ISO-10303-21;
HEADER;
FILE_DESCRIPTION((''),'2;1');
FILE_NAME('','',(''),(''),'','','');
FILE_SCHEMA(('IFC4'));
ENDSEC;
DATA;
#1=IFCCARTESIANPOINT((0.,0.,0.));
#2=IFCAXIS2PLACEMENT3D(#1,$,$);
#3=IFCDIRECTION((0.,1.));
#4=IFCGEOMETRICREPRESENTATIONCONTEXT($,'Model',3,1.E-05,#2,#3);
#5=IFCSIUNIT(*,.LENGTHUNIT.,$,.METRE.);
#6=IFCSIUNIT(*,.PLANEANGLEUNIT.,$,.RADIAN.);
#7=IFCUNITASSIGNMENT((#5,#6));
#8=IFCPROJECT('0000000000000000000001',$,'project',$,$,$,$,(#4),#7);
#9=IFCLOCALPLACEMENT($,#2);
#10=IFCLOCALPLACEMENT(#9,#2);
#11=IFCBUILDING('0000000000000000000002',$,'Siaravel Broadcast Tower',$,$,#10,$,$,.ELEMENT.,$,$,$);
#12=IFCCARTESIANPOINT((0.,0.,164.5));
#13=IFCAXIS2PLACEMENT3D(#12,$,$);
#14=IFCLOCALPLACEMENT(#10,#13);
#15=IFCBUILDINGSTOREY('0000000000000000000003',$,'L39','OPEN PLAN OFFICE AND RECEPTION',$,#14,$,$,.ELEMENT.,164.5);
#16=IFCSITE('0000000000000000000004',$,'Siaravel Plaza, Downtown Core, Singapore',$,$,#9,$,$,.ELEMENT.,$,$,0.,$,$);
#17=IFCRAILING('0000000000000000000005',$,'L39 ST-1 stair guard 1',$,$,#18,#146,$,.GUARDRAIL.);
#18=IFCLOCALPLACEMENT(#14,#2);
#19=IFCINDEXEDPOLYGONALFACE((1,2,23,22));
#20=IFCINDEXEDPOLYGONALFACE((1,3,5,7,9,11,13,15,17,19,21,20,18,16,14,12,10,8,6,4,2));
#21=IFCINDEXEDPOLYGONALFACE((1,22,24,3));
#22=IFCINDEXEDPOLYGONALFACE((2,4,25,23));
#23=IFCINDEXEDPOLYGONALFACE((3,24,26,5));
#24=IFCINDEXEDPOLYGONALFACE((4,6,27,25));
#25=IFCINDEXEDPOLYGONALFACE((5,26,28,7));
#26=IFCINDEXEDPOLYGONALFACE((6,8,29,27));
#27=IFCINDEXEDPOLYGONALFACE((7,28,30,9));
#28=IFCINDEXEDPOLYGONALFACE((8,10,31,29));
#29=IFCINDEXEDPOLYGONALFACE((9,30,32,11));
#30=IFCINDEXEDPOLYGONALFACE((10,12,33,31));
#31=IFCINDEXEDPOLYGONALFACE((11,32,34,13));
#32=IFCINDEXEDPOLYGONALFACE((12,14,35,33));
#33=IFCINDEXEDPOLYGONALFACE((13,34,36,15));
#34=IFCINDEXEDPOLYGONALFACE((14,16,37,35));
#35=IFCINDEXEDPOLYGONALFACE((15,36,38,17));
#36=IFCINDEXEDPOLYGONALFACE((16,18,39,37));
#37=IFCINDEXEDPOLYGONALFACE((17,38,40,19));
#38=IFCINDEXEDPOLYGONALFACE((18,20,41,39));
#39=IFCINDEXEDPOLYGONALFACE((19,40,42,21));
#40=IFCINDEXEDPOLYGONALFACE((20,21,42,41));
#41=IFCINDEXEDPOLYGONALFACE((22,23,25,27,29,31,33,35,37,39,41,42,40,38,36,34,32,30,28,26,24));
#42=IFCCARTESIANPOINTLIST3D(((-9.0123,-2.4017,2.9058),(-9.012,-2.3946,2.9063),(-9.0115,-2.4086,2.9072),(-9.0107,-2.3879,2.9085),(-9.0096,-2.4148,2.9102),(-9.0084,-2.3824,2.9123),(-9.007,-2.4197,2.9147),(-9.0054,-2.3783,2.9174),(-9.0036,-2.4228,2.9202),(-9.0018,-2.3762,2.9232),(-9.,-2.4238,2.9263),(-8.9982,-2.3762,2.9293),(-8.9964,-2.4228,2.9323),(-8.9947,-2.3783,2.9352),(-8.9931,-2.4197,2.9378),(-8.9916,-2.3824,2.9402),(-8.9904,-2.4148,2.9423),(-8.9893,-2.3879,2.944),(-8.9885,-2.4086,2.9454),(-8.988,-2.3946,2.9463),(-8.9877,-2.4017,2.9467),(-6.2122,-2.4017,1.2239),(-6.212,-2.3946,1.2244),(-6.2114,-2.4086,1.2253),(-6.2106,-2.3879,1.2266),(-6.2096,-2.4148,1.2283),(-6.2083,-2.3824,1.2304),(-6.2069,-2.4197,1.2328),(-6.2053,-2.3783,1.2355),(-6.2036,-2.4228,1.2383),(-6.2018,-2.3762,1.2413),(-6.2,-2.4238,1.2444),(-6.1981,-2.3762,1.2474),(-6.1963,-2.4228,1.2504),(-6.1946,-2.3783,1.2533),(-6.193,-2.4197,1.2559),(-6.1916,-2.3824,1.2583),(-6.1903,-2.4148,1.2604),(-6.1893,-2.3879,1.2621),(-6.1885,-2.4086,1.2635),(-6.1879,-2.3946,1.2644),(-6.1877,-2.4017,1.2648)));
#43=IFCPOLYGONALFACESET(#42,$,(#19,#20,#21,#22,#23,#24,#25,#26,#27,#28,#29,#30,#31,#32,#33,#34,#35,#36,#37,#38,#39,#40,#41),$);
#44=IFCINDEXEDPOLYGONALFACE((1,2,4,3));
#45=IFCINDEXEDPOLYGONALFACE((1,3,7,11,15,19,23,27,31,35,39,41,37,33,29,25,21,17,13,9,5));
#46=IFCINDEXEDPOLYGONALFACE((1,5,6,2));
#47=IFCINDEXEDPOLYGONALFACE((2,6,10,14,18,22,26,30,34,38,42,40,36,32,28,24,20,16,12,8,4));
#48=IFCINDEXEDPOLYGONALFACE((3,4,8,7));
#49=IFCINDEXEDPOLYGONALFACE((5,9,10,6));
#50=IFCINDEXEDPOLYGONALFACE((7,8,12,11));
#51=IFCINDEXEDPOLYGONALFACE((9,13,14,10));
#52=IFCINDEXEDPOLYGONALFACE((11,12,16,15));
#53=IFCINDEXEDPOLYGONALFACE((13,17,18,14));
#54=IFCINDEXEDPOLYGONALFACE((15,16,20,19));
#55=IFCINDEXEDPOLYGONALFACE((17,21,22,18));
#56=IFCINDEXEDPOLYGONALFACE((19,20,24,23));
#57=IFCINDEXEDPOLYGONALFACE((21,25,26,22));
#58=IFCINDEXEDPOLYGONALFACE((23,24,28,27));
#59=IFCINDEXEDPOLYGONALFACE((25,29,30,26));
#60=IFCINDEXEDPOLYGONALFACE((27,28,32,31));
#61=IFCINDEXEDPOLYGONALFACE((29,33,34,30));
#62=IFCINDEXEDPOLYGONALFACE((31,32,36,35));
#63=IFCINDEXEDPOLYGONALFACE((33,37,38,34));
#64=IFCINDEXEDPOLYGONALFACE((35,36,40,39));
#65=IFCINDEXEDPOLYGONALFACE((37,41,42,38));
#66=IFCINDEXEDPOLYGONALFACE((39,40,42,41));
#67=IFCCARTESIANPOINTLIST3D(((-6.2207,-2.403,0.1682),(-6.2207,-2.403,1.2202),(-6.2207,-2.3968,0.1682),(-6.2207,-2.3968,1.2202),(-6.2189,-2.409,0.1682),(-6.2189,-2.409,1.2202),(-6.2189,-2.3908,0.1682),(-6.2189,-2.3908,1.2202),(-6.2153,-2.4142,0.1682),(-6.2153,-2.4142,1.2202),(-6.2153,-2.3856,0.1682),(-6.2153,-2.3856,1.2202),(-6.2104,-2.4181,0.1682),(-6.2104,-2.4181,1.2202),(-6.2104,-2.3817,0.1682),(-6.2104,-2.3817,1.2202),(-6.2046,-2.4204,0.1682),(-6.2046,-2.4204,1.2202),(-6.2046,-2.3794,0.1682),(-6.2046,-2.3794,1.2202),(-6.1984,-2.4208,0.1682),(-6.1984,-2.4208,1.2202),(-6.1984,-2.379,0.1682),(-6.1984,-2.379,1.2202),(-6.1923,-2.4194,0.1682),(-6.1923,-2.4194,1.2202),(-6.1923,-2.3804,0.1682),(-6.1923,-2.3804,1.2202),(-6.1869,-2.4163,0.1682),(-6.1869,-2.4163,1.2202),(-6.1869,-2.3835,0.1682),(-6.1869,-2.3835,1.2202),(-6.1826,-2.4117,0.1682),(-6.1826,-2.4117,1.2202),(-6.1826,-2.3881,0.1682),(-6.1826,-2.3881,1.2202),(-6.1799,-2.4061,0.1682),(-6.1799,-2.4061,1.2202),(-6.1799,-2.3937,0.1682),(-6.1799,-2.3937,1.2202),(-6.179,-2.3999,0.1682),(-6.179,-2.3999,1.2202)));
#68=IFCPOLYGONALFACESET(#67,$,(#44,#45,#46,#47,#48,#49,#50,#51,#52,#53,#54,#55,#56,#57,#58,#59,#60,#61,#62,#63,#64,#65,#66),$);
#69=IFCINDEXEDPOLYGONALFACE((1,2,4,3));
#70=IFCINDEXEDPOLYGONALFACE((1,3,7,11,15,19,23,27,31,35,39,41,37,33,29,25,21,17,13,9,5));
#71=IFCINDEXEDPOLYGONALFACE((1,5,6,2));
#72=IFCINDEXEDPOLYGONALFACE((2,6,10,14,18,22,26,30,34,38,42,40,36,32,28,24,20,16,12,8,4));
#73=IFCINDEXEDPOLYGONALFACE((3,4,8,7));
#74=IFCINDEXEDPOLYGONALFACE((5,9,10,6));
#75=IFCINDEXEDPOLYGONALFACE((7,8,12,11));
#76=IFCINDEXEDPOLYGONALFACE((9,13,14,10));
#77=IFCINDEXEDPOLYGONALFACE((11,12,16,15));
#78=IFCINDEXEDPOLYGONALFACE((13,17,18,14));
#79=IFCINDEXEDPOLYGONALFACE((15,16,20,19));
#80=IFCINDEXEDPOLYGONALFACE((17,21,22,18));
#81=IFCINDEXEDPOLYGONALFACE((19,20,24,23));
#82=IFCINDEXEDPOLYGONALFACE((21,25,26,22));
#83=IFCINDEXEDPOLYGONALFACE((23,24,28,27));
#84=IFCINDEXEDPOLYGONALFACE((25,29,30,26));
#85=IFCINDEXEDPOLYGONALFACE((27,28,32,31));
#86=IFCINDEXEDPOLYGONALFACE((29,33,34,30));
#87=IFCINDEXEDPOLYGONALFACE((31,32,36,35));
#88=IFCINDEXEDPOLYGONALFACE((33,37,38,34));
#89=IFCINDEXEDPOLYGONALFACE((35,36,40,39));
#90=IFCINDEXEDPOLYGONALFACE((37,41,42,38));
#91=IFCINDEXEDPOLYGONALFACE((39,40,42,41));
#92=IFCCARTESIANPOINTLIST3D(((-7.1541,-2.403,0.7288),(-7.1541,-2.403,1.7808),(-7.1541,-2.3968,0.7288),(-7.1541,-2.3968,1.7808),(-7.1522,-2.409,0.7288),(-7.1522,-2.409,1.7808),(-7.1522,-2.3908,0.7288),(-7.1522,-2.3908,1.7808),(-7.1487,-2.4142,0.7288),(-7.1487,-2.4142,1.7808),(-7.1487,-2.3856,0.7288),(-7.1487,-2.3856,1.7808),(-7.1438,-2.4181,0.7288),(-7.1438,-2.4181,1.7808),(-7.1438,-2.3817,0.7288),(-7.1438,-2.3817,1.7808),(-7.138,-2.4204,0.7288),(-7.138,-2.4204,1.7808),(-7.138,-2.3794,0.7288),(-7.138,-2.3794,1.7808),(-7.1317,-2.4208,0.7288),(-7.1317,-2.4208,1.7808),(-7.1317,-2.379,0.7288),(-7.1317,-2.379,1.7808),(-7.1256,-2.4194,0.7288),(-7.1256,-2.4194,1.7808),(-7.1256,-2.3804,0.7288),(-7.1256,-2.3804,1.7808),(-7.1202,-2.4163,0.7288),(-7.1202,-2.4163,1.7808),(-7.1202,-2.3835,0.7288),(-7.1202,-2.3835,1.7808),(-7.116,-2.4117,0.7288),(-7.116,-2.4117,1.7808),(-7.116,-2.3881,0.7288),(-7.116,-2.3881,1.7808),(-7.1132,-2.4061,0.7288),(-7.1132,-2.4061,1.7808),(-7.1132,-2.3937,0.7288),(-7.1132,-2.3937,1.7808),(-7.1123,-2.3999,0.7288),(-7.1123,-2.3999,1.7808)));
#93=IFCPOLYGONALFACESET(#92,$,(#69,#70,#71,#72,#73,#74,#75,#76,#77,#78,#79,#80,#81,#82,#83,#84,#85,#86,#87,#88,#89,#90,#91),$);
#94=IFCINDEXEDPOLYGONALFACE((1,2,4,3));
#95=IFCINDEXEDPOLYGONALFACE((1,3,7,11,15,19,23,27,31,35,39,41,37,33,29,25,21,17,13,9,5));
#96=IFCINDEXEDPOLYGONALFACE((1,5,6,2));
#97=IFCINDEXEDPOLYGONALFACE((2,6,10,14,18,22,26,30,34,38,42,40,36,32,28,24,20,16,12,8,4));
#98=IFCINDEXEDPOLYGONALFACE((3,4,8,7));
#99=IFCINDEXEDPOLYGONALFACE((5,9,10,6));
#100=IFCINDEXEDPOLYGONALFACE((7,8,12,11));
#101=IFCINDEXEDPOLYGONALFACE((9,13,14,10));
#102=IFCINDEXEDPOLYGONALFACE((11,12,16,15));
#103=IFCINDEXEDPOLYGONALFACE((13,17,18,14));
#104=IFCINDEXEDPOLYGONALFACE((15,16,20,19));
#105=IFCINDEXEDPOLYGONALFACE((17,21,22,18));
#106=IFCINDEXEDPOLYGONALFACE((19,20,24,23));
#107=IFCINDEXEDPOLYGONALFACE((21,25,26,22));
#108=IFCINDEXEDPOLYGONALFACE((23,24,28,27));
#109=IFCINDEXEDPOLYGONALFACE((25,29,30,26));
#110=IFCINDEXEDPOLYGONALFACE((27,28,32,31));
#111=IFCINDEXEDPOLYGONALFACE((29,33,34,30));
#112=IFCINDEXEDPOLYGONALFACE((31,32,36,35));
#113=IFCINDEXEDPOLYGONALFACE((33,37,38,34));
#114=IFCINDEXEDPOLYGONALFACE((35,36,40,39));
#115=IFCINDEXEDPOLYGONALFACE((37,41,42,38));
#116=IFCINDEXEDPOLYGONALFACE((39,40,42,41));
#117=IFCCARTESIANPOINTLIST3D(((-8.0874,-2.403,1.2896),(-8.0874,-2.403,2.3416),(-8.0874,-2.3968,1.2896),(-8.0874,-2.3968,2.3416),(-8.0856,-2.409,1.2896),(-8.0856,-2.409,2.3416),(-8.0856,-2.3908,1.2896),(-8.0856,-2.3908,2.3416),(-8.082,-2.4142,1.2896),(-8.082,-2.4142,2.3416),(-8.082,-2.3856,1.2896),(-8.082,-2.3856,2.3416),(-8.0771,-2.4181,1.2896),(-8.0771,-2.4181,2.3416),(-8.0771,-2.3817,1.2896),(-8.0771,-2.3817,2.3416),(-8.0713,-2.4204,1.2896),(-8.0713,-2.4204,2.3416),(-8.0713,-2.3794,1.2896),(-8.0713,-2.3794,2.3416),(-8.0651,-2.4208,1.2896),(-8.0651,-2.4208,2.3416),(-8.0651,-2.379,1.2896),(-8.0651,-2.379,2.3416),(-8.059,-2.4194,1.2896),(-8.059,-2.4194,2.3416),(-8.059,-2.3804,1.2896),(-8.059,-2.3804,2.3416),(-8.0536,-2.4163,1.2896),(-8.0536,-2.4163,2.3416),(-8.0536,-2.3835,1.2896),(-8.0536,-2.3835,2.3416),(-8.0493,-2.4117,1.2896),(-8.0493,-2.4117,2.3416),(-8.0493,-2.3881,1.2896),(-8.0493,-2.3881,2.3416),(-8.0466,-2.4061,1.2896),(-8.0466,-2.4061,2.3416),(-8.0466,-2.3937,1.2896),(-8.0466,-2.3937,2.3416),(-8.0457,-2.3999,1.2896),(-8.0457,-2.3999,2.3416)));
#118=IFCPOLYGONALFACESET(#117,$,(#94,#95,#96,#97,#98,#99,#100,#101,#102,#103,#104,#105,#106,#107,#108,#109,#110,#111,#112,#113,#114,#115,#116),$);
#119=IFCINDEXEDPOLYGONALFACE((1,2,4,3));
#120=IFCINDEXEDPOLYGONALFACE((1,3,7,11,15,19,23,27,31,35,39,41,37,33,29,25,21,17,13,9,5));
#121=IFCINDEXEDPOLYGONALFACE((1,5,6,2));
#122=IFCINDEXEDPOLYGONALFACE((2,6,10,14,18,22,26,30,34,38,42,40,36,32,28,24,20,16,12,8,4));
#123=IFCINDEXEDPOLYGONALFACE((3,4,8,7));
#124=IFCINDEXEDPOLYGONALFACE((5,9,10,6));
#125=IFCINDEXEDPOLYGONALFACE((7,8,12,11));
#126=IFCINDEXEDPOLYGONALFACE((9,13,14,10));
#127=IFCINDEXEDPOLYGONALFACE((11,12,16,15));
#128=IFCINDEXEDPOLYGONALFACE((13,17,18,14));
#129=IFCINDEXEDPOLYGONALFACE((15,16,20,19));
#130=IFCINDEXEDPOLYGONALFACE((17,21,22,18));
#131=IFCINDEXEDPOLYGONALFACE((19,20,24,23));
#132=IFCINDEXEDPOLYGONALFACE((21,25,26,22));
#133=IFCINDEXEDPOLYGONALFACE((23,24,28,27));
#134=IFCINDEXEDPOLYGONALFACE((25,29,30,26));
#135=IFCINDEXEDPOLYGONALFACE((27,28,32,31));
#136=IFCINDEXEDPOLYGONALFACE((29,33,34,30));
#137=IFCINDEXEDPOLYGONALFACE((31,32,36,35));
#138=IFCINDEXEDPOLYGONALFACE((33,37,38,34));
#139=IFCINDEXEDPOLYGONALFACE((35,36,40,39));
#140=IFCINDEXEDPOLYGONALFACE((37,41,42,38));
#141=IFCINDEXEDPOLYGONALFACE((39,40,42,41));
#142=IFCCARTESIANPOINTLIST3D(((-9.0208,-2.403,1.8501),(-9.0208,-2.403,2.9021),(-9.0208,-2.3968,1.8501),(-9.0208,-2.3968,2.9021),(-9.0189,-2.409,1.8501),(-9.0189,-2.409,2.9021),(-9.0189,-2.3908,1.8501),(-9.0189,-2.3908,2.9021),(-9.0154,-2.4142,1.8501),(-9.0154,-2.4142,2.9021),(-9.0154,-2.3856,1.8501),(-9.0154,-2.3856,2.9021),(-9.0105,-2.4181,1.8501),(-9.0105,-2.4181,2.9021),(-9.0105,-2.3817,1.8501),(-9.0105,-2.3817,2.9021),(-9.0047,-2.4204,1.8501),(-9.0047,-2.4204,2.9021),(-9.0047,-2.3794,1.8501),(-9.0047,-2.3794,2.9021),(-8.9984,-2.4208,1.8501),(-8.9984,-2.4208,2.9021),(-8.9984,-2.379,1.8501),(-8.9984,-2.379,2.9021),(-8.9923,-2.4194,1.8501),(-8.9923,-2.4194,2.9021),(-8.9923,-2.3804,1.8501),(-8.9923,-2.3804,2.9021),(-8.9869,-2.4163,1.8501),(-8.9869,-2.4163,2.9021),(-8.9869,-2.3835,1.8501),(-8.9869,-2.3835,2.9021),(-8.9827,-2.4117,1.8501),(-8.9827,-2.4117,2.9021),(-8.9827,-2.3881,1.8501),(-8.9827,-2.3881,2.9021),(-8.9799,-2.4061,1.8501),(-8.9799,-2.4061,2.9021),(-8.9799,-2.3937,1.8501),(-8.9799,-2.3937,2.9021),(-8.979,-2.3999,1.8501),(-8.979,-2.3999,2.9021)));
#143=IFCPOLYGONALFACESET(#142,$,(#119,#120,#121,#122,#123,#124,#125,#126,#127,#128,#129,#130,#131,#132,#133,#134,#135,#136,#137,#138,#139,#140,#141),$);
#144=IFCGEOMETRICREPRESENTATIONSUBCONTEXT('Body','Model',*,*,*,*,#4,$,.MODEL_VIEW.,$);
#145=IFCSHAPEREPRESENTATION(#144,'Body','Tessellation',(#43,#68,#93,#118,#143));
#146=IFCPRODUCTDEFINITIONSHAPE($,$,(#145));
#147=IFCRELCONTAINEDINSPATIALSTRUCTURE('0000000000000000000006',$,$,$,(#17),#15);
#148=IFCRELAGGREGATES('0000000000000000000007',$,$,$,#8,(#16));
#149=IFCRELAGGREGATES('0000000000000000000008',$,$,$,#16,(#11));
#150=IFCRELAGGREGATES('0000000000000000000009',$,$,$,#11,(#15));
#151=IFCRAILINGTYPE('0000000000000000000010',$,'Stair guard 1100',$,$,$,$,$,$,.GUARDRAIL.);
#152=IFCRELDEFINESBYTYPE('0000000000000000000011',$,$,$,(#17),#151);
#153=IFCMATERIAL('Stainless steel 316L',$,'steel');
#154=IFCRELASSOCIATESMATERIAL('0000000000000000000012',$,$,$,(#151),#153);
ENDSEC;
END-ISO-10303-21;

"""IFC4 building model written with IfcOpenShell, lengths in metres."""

from ifc_helpers import new_model, si_unit, direction, frame, origin, origin_2d, place, context, subcontext, project, spatial, circle, extrude, material, type_object, element, save


model = new_model("IFC4")

# Units and contexts
model_context = context("Model", 3, precision=1e-05, world=origin(), true_north=direction((0.0, 1.0)))
body_context = subcontext(model_context, "Body", "Model", "MODEL_VIEW")
ifc_project = project(units=[si_unit("LENGTHUNIT", "METRE"), si_unit("PLANEANGLEUNIT", "RADIAN")], contexts=[model_context])

# Site, building, storey
site_placement = place(None, origin())
site = spatial("IfcSite", under=ifc_project, at=site_placement, Name="Siaravel Plaza, Downtown Core, Singapore", CompositionType="ELEMENT", RefElevation=0.0)
building_placement = place(site_placement, origin())
building = spatial("IfcBuilding", under=site, at=building_placement, Name="Siaravel Broadcast Tower", CompositionType="ELEMENT")
storey_placement = place(building_placement, frame((0.0, 0.0, 164.5)))
storey = spatial("IfcBuildingStorey", under=building, at=storey_placement, Name="L39", Description="OPEN PLAN OFFICE AND RECEPTION", CompositionType="ELEMENT", Elevation=164.5)

# Shared definitions
ifc_material_1 = material(Name="Stainless steel 316L", Category="steel")

# Railing
railing_type_1 = type_object("IfcRailingType", Name="Stair guard 1100", PredefinedType="GUARDRAIL", material=ifc_material_1)
railing_1_placement = place(storey_placement, frame((-6.2, -2.3999, 0.1682)))
element("IfcRailing", 1, at=railing_1_placement, inside=storey, type_object=railing_type_1, Name="L39 ST-1 stair guard 1", PredefinedType="GUARDRAIL", context=body_context, shape_type="SweptSolid", body=[
    extrude(circle(Radius=0.0239, at=origin_2d()), frame((0.0, 0.0, 1.0762), z_axis=(-0.857242, 0.0, 0.514913), x_axis=(0.0, -1.0, 0.0)), (0.0, 0.0, 1.0), 3.2664),
    extrude(circle(Radius=0.021, at=origin_2d()), origin(), (0.0, 0.0, 1.0), 1.052),
    extrude(circle(Radius=0.021, at=origin_2d()), frame((-0.9333, 0.0, 0.5605)), (0.0, 0.0, 1.0), 1.052),
    extrude(circle(Radius=0.021, at=origin_2d()), frame((-1.8667, 0.0, 1.1213)), (0.0, 0.0, 1.0), 1.052),
    extrude(circle(Radius=0.021, at=origin_2d()), frame((-2.8, 0.0, 1.6819)), (0.0, 0.0, 1.0), 1.052),
])

save(model, "model.ifc")
